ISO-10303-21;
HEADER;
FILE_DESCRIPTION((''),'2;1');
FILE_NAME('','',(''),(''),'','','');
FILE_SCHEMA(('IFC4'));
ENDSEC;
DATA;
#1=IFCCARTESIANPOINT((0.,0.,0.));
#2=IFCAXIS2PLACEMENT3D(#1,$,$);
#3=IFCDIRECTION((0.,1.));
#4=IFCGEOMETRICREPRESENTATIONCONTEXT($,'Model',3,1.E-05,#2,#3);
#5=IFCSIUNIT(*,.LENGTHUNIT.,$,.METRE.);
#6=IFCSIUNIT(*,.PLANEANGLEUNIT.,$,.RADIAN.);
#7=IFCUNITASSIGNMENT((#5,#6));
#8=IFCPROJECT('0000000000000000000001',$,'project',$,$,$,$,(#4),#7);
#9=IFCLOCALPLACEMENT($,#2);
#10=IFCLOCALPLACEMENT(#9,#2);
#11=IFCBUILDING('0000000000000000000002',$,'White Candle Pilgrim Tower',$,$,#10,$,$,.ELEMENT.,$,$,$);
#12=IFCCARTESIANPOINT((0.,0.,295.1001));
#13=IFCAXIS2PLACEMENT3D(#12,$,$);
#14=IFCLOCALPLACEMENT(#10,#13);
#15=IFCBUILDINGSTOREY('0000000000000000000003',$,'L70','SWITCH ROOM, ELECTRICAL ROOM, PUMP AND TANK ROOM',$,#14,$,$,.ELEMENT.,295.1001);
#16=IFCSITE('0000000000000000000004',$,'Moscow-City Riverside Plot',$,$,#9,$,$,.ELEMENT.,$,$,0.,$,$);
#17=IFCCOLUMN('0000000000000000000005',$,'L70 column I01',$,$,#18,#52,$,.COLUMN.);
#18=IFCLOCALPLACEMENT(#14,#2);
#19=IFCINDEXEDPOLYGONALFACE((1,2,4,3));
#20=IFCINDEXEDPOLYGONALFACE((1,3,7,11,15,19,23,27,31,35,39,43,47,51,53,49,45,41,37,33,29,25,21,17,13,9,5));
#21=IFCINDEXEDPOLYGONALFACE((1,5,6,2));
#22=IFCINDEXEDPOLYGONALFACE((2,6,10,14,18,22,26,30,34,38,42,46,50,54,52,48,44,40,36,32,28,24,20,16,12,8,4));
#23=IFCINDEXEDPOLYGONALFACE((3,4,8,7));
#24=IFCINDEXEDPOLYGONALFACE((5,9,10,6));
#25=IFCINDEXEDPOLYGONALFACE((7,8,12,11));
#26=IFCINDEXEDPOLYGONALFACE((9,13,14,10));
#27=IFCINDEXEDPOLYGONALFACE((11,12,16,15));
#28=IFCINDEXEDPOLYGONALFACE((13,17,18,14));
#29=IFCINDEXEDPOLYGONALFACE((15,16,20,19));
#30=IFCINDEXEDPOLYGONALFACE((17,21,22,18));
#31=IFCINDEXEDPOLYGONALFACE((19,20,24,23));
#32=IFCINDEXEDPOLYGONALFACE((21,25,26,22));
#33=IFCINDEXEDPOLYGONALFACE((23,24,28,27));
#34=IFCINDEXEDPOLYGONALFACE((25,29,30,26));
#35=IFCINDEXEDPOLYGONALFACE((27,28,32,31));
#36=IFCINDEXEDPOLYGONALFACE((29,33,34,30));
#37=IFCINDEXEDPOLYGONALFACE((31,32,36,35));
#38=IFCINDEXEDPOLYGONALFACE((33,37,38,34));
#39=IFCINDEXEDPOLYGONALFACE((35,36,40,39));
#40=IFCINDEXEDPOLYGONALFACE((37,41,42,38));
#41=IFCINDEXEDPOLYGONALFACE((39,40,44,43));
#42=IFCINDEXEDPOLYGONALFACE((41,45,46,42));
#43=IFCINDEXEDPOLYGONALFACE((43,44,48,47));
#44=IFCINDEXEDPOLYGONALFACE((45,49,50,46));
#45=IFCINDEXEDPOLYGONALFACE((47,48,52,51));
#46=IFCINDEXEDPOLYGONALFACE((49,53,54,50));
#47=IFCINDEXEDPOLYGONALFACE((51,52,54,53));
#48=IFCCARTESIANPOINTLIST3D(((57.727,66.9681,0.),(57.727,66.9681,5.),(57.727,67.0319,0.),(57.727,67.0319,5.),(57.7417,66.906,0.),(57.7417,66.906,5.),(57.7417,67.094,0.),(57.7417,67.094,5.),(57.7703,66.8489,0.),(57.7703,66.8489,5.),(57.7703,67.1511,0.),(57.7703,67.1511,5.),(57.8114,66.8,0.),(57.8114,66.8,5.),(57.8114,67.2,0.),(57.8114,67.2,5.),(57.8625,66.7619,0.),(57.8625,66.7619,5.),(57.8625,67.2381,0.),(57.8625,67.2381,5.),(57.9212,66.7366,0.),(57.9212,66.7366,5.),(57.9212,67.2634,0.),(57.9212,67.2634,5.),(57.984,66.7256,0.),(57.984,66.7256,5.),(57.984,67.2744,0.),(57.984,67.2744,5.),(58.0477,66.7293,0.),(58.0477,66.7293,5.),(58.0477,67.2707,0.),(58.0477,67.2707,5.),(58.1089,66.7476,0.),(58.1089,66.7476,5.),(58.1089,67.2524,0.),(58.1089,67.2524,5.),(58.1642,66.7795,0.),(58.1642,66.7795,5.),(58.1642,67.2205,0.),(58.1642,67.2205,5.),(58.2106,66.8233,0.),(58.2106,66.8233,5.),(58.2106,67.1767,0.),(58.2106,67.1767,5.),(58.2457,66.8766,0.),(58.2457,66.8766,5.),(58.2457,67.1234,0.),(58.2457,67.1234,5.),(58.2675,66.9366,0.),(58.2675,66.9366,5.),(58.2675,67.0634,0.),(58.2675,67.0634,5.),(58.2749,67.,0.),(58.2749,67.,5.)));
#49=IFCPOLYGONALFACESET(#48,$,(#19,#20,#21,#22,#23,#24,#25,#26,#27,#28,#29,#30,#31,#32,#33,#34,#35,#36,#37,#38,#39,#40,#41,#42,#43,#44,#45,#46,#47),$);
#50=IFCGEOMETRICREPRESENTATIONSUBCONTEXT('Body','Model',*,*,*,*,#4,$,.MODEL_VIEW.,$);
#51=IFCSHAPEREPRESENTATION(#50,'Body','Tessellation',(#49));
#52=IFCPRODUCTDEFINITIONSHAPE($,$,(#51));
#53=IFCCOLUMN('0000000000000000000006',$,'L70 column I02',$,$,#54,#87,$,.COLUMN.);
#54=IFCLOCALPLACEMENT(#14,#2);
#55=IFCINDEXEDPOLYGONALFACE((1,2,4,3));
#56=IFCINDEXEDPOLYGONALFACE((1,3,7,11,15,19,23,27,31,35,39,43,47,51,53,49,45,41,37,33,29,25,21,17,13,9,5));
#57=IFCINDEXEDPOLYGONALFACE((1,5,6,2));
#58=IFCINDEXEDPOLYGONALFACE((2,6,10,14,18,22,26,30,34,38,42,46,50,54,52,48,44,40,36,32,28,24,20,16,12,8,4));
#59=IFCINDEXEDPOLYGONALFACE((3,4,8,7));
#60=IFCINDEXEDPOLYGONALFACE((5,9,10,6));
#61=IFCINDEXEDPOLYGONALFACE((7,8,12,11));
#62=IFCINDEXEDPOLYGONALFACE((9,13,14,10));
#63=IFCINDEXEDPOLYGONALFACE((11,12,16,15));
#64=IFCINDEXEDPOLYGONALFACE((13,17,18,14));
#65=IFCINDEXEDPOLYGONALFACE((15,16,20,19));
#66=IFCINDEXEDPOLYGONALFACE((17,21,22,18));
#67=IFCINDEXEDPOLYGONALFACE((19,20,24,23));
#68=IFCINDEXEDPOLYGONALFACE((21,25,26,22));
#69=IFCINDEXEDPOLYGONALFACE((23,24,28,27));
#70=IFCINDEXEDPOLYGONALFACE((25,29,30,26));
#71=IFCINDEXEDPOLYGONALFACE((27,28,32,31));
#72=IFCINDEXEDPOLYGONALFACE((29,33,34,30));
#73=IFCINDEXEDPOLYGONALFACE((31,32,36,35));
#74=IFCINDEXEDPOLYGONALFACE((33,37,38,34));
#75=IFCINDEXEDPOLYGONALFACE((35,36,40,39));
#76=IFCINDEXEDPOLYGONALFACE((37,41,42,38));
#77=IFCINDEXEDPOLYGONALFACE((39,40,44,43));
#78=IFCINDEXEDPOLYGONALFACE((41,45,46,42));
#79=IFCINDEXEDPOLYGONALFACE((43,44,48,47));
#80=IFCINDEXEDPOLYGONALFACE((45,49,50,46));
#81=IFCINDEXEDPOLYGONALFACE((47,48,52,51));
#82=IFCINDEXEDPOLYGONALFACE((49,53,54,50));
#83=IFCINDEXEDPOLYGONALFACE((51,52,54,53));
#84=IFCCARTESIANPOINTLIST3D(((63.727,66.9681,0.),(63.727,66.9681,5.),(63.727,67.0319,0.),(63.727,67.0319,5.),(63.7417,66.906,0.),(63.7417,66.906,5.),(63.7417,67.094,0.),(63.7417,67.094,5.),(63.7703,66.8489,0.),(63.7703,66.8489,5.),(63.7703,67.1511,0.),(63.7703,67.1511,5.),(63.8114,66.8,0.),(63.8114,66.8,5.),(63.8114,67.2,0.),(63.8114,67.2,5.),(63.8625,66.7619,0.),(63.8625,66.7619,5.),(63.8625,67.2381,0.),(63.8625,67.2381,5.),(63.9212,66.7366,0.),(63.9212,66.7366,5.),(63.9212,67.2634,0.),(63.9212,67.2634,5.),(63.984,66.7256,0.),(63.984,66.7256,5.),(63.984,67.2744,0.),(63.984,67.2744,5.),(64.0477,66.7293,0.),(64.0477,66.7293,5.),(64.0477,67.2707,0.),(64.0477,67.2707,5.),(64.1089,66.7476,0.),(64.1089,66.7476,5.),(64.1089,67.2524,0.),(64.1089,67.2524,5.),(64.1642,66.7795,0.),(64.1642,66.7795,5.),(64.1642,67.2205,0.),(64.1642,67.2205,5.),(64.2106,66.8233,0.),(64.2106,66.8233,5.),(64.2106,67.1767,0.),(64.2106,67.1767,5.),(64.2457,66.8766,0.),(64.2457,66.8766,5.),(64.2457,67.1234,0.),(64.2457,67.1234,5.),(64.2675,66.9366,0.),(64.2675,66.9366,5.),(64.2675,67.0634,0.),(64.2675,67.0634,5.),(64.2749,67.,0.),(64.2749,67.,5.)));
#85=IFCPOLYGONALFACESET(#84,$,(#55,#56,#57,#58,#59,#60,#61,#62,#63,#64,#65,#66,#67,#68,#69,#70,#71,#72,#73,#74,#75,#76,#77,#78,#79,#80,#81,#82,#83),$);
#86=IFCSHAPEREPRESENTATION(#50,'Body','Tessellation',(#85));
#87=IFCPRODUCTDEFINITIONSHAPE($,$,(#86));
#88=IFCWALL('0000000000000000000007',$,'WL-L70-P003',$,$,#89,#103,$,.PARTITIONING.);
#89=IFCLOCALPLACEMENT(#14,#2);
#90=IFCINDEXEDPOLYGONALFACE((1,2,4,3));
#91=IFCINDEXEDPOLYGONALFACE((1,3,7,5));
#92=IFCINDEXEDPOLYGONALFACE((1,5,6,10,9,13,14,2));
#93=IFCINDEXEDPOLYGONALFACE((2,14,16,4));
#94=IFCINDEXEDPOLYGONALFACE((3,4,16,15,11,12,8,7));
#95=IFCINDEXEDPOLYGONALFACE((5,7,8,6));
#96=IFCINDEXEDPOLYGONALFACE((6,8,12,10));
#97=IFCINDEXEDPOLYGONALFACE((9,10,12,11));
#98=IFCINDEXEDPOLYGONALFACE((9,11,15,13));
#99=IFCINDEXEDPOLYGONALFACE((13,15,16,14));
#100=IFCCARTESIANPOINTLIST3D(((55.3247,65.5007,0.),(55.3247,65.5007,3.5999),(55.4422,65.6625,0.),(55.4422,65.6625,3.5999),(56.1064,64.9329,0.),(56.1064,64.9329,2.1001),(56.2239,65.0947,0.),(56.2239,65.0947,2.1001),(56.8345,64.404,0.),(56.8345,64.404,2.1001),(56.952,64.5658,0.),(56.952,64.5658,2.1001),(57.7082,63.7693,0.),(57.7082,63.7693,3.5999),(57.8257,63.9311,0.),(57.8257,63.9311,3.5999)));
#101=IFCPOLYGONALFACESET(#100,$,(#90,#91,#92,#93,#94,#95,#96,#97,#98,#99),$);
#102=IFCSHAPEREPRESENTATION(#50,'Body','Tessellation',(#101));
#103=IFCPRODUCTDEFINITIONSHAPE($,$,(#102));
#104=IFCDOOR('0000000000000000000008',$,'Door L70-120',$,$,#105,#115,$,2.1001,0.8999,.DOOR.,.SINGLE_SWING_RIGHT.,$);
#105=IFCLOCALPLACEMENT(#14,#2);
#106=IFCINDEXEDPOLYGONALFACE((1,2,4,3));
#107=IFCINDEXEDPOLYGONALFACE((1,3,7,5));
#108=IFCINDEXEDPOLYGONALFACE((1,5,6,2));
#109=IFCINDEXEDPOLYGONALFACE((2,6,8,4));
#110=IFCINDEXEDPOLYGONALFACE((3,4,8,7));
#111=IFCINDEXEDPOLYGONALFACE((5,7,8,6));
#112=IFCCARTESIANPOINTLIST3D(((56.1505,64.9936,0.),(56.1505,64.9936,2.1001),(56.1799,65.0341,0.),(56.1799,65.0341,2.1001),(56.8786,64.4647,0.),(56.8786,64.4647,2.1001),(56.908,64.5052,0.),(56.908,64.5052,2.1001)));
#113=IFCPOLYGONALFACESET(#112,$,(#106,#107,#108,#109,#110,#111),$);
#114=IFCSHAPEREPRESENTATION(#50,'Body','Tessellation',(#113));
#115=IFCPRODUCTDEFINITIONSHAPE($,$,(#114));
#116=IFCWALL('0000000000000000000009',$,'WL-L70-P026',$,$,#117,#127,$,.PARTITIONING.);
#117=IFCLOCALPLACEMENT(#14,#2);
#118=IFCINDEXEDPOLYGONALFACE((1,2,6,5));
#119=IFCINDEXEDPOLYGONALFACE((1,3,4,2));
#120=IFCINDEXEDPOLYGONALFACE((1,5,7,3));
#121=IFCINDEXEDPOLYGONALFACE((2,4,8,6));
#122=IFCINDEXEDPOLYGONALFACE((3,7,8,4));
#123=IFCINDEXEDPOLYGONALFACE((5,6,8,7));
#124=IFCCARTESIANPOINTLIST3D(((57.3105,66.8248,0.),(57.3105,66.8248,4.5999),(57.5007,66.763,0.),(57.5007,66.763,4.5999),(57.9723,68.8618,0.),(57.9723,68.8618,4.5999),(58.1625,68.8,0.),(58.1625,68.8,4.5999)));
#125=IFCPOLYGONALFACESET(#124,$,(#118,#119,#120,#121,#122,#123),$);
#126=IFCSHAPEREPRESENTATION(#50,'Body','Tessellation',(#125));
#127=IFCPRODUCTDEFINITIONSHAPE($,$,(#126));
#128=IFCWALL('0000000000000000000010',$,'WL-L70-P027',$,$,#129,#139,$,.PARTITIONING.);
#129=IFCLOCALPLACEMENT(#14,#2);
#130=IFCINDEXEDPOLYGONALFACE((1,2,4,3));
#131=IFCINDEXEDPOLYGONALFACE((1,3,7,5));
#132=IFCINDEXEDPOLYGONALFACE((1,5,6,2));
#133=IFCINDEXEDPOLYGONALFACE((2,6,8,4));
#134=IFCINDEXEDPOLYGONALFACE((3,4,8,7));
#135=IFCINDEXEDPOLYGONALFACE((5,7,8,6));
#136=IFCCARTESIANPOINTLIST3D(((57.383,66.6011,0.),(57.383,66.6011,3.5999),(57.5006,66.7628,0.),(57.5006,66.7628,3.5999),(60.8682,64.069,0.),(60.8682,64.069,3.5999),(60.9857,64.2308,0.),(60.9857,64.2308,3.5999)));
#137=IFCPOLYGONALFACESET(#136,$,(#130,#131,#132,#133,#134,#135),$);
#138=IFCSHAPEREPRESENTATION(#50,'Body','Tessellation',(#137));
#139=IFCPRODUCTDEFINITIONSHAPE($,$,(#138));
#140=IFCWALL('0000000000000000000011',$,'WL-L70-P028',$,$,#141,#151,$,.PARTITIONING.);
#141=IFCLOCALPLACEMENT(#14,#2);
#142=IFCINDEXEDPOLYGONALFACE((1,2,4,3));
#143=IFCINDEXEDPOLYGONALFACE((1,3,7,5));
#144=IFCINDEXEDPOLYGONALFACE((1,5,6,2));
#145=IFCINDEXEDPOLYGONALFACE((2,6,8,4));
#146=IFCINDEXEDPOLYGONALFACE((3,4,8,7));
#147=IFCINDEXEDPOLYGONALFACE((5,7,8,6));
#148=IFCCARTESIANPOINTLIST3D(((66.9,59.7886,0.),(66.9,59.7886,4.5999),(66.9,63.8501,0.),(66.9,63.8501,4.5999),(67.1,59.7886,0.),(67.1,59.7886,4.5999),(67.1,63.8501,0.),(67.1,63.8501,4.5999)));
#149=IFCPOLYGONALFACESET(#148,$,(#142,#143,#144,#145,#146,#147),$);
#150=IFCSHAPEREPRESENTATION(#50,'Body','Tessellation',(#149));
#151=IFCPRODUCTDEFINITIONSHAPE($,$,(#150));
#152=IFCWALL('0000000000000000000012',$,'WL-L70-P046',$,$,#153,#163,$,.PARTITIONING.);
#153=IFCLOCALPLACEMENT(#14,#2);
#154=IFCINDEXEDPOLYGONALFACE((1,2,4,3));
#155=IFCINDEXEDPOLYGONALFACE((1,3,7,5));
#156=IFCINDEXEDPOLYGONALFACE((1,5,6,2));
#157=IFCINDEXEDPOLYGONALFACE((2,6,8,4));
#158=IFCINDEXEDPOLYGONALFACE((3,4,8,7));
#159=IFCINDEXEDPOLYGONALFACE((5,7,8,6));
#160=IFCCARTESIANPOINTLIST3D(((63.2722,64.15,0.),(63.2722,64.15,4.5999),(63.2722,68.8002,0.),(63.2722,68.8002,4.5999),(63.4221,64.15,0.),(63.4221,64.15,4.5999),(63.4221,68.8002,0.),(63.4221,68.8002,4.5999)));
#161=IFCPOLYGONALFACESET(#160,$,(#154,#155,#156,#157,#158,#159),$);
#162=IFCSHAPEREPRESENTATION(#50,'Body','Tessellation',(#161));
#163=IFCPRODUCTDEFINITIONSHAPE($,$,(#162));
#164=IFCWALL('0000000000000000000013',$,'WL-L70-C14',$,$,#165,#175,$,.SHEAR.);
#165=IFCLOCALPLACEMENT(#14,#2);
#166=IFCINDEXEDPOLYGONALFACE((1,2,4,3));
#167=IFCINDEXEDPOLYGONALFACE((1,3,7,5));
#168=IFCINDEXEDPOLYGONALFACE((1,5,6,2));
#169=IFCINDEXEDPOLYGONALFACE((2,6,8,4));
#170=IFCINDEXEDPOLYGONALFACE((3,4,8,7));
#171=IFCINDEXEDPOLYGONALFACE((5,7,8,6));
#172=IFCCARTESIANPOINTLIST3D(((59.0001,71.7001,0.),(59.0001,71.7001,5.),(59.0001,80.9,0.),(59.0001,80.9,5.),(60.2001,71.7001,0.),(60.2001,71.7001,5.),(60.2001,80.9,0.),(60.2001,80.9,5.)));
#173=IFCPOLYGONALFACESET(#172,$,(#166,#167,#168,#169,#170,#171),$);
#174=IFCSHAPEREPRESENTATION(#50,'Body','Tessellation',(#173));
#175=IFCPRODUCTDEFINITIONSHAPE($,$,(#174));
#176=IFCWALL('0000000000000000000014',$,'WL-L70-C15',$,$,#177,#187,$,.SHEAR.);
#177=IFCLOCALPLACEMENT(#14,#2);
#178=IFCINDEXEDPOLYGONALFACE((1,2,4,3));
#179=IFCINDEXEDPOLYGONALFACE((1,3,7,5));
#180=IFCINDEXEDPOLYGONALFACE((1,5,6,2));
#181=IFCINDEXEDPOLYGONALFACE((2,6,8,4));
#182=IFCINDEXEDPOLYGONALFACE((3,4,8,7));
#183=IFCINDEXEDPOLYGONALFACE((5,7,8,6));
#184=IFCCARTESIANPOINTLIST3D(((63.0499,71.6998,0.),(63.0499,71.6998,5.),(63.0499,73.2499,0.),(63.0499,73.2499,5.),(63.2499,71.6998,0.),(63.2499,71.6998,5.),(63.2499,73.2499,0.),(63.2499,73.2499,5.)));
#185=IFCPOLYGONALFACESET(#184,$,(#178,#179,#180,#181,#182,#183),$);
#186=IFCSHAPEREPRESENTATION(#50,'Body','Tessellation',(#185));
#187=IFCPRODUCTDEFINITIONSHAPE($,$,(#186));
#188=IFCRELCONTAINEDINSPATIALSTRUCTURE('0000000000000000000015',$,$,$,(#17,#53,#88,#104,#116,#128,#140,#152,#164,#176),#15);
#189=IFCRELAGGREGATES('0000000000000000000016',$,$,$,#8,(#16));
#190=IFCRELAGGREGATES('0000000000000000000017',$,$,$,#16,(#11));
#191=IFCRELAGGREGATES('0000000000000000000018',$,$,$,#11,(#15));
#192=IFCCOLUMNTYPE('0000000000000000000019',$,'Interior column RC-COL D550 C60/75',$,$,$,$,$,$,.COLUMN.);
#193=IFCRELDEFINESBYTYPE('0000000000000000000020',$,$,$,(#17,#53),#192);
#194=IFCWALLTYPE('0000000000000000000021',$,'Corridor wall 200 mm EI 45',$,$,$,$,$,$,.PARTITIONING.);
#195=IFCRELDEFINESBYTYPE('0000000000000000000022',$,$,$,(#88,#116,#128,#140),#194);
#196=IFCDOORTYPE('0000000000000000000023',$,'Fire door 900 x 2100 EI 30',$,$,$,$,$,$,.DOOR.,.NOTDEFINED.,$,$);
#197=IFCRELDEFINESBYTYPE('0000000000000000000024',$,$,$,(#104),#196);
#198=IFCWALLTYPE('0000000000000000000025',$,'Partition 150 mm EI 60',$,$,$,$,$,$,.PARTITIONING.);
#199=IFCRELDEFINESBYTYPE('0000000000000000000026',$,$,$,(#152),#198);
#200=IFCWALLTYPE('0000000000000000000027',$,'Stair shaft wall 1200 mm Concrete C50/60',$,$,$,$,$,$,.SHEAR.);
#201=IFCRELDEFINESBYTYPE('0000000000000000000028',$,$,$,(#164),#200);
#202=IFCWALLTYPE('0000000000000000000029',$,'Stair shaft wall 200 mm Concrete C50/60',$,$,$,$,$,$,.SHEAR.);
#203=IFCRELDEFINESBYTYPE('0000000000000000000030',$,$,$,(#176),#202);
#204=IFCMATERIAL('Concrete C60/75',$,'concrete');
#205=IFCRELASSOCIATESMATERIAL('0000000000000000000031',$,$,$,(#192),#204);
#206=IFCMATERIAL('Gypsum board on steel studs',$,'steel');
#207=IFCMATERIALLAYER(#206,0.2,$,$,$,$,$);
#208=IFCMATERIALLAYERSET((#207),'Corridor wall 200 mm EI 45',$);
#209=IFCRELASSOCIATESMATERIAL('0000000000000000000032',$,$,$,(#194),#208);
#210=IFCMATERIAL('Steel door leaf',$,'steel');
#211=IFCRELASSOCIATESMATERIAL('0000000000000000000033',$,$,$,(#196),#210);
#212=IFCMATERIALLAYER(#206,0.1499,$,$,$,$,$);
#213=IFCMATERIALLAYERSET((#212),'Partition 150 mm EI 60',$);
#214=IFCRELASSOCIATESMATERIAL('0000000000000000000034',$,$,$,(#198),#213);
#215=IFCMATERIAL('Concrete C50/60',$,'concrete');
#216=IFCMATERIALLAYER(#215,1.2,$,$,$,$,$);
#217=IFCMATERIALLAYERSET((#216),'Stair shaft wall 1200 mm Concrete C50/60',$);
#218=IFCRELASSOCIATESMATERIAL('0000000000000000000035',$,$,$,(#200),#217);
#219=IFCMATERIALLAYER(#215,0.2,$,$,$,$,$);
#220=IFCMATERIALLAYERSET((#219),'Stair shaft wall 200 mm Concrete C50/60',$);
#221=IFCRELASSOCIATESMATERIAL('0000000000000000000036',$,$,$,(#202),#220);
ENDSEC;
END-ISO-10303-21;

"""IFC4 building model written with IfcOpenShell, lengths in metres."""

from ifc_helpers import new_model, si_unit, direction, frame, frame_2d, origin, origin_2d, place, context, subcontext, project, spatial, rectangle, circle, extrude, material, layer, layer_set, material_profile, profile_set, type_object, element, fill, save


model = new_model("IFC4")

# Units and contexts
model_context = context("Model", 3, precision=1e-05, world=origin(), true_north=direction((0.0, 1.0)))
body_context = subcontext(model_context, "Body", "Model", "MODEL_VIEW")
ifc_project = project(units=[si_unit("LENGTHUNIT", "METRE"), si_unit("PLANEANGLEUNIT", "RADIAN")], contexts=[model_context])

# Site, building, storey
site_placement = place(None, origin())
site = spatial("IfcSite", under=ifc_project, at=site_placement, Name="Moscow-City Riverside Plot", CompositionType="ELEMENT", RefElevation=0.0)
building_placement = place(site_placement, origin())
building = spatial("IfcBuilding", under=site, at=building_placement, Name="White Candle Pilgrim Tower", CompositionType="ELEMENT")
storey_placement = place(building_placement, frame((0.0, 0.0, 295.1001)))
storey = spatial("IfcBuildingStorey", under=building, at=storey_placement, Name="L70", Description="SWITCH ROOM, ELECTRICAL ROOM, PUMP AND TANK ROOM", CompositionType="ELEMENT", Elevation=295.1001)

# Columns
ifc_material_1 = material(Name="Concrete C60/75", Category="concrete")
ifc_material_profile = material_profile(ifc_material_1, circle(Radius=0.2749, at=origin_2d()), Name="RC-COL D550")
ifc_profile_set = profile_set([ifc_material_profile], Name="Concrete C60/75")
column_type = type_object("IfcColumnType", Name="Interior column RC-COL D550 C60/75", PredefinedType="COLUMN", material=ifc_profile_set)
for number, where, z_axis, x_axis, name in (
    (1, (58.0, 67.0, 0.0), (0.0, 0.0, 1.0), (1.0, 0.0, 0.0), "L70 column I01"),
    (2, (64.0, 67.0, 0.0), (0.0, 0.0, 1.0), (1.0, 0.0, 0.0), "L70 column I02"),
):
    element("IfcColumn", number, at=place(storey_placement, frame(where, z_axis=z_axis, x_axis=x_axis)), inside=storey, type_object=column_type, Name=name, PredefinedType="COLUMN", context=body_context, shape_type="SweptSolid", body=[
        extrude(circle(Radius=0.2749, at=origin_2d()), origin(), (0.0, 0.0, 1.0), 5.0),
    ])

# Wall, opening, door
ifc_material_2 = material(Name="Gypsum board on steel studs", Category="steel")
ifc_layer_1 = layer(ifc_material_2, 0.2)
ifc_layer_set_1 = layer_set([ifc_layer_1], Name="Corridor wall 200 mm EI 45")
wall_type_1 = type_object("IfcWallType", Name="Corridor wall 200 mm EI 45", PredefinedType="PARTITIONING", material=ifc_layer_set_1)
wall_1_placement = place(storey_placement, frame((57.7671, 63.8501, 0.0), z_axis=(0.0, 0.0, 1.0), x_axis=(-0.809066, 0.587718, 0.0)))
wall_1 = element("IfcWall", 3, at=wall_1_placement, inside=storey, type_object=wall_type_1, Name="WL-L70-P003", PredefinedType="PARTITIONING", context=body_context, shape_type="SweptSolid", body=[
    extrude(rectangle(XDim=2.946, YDim=0.2, at=frame_2d((1.4731, 0.0))), origin(), (0.0, 0.0, 1.0), 3.5999),
])
opening_1_placement = place(wall_1_placement, frame((1.0801, 0.0, 0.0)))
opening_1 = element("IfcOpeningElement", 4, at=opening_1_placement, cuts=wall_1, PredefinedType="OPENING", context=body_context, shape_type="SweptSolid", body=[
    extrude(rectangle(XDim=0.8999, YDim=2.1001, at=frame_2d((0.45, 1.05))), frame((0.0, 0.1099, 0.0), z_axis=(0.0, -1.0, 0.0), x_axis=(1.0, 0.0, 0.0)), (0.0, 0.0, 1.0), 0.22),
])
ifc_material_3 = material(Name="Steel door leaf", Category="steel")
door_type_1 = type_object("IfcDoorType", Name="Fire door 900 x 2100 EI 30", OperationType="NOTDEFINED", PredefinedType="DOOR", material=ifc_material_3)
door_1_placement = place(opening_1_placement, origin())
door_1 = element("IfcDoor", 5, at=door_1_placement, inside=storey, type_object=door_type_1, Name="Door L70-120", OperationType="SINGLE_SWING_RIGHT", OverallHeight=2.1001, OverallWidth=0.8999, PredefinedType="DOOR", context=body_context, shape_type="SweptSolid", body=[
    extrude(rectangle(XDim=0.8999, YDim=2.1001, at=frame_2d((0.45, 1.05))), frame((0.0, 0.0249, 0.0), z_axis=(0.0, -1.0, 0.0), x_axis=(1.0, 0.0, 0.0)), (0.0, 0.0, 1.0), 0.05),
])
fill(opening_1, door_1)

# Walls
wall_2_placement = place(storey_placement, frame((58.0674, 68.8308, 0.0), z_axis=(0.0, 0.0, 1.0), x_axis=(-0.309004, -0.951061, 0.0)))
element("IfcWall", 6, at=wall_2_placement, inside=storey, type_object=wall_type_1, Name="WL-L70-P026", PredefinedType="PARTITIONING", context=body_context, shape_type="SweptSolid", body=[
    extrude(rectangle(XDim=2.1418, YDim=0.2, at=frame_2d((1.0708, 0.0))), origin(), (0.0, 0.0, 1.0), 4.5999),
])
wall_3_placement = place(storey_placement, frame((57.4419, 66.6819, 0.0), z_axis=(0.0, 0.0, 1.0), x_axis=(0.809028, -0.587771, 0.0)))
element("IfcWall", 7, at=wall_3_placement, inside=storey, type_object=wall_type_1, Name="WL-L70-P027", PredefinedType="PARTITIONING", context=body_context, shape_type="SweptSolid", body=[
    extrude(rectangle(XDim=4.3079, YDim=0.2, at=frame_2d((2.1538, 0.0))), origin(), (0.0, 0.0, 1.0), 3.5999),
])
wall_4_placement = place(storey_placement, frame((67.0, 63.8501, 0.0), z_axis=(0.0, 0.0, 1.0), x_axis=(0.0, -1.0, 0.0)))
element("IfcWall", 8, at=wall_4_placement, inside=storey, type_object=wall_type_1, Name="WL-L70-P028", PredefinedType="PARTITIONING", context=body_context, shape_type="SweptSolid", body=[
    extrude(rectangle(XDim=4.0615, YDim=0.2, at=frame_2d((2.0308, 0.0))), origin(), (0.0, 0.0, 1.0), 4.5999),
])
ifc_layer_2 = layer(ifc_material_2, 0.1499)
ifc_layer_set_2 = layer_set([ifc_layer_2], Name="Partition 150 mm EI 60")
wall_type_2 = type_object("IfcWallType", Name="Partition 150 mm EI 60", PredefinedType="PARTITIONING", material=ifc_layer_set_2)
wall_5_placement = place(storey_placement, frame((63.3472, 64.1499, 0.0), z_axis=(0.0, 0.0, 1.0), x_axis=(0.0, 1.0, 0.0)))
element("IfcWall", 9, at=wall_5_placement, inside=storey, type_object=wall_type_2, Name="WL-L70-P046", PredefinedType="PARTITIONING", context=body_context, shape_type="SweptSolid", body=[
    extrude(rectangle(XDim=4.6501, YDim=0.1499, at=frame_2d((2.3252, 0.0))), origin(), (0.0, 0.0, 1.0), 4.5999),
])
ifc_material_4 = material(Name="Concrete C50/60", Category="concrete")
ifc_layer_3 = layer(ifc_material_4, 1.2)
ifc_layer_set_3 = layer_set([ifc_layer_3], Name="Stair shaft wall 1200 mm Concrete C50/60")
wall_type_3 = type_object("IfcWallType", Name="Stair shaft wall 1200 mm Concrete C50/60", PredefinedType="SHEAR", material=ifc_layer_set_3)
wall_6_placement = place(storey_placement, frame((59.6001, 71.7, 0.0), z_axis=(0.0, 0.0, 1.0), x_axis=(0.0, 1.0, 0.0)))
element("IfcWall", 10, at=wall_6_placement, inside=storey, type_object=wall_type_3, Name="WL-L70-C14", PredefinedType="SHEAR", context=body_context, shape_type="SweptSolid", body=[
    extrude(rectangle(XDim=9.2, YDim=1.2, at=frame_2d((4.6001, 0.0))), origin(), (0.0, 0.0, 1.0), 5.0),
])
ifc_layer_4 = layer(ifc_material_4, 0.2)
ifc_layer_set_4 = layer_set([ifc_layer_4], Name="Stair shaft wall 200 mm Concrete C50/60")
wall_type_4 = type_object("IfcWallType", Name="Stair shaft wall 200 mm Concrete C50/60", PredefinedType="SHEAR", material=ifc_layer_set_4)
wall_7_placement = place(storey_placement, frame((63.1499, 71.7, 0.0), z_axis=(0.0, 0.0, 1.0), x_axis=(0.0, 1.0, 0.0)))
element("IfcWall", 11, at=wall_7_placement, inside=storey, type_object=wall_type_4, Name="WL-L70-C15", PredefinedType="SHEAR", context=body_context, shape_type="SweptSolid", body=[
    extrude(rectangle(XDim=1.55, YDim=0.2, at=frame_2d((0.7749, 0.0))), origin(), (0.0, 0.0, 1.0), 5.0),
])

save(model, "model.ifc")
